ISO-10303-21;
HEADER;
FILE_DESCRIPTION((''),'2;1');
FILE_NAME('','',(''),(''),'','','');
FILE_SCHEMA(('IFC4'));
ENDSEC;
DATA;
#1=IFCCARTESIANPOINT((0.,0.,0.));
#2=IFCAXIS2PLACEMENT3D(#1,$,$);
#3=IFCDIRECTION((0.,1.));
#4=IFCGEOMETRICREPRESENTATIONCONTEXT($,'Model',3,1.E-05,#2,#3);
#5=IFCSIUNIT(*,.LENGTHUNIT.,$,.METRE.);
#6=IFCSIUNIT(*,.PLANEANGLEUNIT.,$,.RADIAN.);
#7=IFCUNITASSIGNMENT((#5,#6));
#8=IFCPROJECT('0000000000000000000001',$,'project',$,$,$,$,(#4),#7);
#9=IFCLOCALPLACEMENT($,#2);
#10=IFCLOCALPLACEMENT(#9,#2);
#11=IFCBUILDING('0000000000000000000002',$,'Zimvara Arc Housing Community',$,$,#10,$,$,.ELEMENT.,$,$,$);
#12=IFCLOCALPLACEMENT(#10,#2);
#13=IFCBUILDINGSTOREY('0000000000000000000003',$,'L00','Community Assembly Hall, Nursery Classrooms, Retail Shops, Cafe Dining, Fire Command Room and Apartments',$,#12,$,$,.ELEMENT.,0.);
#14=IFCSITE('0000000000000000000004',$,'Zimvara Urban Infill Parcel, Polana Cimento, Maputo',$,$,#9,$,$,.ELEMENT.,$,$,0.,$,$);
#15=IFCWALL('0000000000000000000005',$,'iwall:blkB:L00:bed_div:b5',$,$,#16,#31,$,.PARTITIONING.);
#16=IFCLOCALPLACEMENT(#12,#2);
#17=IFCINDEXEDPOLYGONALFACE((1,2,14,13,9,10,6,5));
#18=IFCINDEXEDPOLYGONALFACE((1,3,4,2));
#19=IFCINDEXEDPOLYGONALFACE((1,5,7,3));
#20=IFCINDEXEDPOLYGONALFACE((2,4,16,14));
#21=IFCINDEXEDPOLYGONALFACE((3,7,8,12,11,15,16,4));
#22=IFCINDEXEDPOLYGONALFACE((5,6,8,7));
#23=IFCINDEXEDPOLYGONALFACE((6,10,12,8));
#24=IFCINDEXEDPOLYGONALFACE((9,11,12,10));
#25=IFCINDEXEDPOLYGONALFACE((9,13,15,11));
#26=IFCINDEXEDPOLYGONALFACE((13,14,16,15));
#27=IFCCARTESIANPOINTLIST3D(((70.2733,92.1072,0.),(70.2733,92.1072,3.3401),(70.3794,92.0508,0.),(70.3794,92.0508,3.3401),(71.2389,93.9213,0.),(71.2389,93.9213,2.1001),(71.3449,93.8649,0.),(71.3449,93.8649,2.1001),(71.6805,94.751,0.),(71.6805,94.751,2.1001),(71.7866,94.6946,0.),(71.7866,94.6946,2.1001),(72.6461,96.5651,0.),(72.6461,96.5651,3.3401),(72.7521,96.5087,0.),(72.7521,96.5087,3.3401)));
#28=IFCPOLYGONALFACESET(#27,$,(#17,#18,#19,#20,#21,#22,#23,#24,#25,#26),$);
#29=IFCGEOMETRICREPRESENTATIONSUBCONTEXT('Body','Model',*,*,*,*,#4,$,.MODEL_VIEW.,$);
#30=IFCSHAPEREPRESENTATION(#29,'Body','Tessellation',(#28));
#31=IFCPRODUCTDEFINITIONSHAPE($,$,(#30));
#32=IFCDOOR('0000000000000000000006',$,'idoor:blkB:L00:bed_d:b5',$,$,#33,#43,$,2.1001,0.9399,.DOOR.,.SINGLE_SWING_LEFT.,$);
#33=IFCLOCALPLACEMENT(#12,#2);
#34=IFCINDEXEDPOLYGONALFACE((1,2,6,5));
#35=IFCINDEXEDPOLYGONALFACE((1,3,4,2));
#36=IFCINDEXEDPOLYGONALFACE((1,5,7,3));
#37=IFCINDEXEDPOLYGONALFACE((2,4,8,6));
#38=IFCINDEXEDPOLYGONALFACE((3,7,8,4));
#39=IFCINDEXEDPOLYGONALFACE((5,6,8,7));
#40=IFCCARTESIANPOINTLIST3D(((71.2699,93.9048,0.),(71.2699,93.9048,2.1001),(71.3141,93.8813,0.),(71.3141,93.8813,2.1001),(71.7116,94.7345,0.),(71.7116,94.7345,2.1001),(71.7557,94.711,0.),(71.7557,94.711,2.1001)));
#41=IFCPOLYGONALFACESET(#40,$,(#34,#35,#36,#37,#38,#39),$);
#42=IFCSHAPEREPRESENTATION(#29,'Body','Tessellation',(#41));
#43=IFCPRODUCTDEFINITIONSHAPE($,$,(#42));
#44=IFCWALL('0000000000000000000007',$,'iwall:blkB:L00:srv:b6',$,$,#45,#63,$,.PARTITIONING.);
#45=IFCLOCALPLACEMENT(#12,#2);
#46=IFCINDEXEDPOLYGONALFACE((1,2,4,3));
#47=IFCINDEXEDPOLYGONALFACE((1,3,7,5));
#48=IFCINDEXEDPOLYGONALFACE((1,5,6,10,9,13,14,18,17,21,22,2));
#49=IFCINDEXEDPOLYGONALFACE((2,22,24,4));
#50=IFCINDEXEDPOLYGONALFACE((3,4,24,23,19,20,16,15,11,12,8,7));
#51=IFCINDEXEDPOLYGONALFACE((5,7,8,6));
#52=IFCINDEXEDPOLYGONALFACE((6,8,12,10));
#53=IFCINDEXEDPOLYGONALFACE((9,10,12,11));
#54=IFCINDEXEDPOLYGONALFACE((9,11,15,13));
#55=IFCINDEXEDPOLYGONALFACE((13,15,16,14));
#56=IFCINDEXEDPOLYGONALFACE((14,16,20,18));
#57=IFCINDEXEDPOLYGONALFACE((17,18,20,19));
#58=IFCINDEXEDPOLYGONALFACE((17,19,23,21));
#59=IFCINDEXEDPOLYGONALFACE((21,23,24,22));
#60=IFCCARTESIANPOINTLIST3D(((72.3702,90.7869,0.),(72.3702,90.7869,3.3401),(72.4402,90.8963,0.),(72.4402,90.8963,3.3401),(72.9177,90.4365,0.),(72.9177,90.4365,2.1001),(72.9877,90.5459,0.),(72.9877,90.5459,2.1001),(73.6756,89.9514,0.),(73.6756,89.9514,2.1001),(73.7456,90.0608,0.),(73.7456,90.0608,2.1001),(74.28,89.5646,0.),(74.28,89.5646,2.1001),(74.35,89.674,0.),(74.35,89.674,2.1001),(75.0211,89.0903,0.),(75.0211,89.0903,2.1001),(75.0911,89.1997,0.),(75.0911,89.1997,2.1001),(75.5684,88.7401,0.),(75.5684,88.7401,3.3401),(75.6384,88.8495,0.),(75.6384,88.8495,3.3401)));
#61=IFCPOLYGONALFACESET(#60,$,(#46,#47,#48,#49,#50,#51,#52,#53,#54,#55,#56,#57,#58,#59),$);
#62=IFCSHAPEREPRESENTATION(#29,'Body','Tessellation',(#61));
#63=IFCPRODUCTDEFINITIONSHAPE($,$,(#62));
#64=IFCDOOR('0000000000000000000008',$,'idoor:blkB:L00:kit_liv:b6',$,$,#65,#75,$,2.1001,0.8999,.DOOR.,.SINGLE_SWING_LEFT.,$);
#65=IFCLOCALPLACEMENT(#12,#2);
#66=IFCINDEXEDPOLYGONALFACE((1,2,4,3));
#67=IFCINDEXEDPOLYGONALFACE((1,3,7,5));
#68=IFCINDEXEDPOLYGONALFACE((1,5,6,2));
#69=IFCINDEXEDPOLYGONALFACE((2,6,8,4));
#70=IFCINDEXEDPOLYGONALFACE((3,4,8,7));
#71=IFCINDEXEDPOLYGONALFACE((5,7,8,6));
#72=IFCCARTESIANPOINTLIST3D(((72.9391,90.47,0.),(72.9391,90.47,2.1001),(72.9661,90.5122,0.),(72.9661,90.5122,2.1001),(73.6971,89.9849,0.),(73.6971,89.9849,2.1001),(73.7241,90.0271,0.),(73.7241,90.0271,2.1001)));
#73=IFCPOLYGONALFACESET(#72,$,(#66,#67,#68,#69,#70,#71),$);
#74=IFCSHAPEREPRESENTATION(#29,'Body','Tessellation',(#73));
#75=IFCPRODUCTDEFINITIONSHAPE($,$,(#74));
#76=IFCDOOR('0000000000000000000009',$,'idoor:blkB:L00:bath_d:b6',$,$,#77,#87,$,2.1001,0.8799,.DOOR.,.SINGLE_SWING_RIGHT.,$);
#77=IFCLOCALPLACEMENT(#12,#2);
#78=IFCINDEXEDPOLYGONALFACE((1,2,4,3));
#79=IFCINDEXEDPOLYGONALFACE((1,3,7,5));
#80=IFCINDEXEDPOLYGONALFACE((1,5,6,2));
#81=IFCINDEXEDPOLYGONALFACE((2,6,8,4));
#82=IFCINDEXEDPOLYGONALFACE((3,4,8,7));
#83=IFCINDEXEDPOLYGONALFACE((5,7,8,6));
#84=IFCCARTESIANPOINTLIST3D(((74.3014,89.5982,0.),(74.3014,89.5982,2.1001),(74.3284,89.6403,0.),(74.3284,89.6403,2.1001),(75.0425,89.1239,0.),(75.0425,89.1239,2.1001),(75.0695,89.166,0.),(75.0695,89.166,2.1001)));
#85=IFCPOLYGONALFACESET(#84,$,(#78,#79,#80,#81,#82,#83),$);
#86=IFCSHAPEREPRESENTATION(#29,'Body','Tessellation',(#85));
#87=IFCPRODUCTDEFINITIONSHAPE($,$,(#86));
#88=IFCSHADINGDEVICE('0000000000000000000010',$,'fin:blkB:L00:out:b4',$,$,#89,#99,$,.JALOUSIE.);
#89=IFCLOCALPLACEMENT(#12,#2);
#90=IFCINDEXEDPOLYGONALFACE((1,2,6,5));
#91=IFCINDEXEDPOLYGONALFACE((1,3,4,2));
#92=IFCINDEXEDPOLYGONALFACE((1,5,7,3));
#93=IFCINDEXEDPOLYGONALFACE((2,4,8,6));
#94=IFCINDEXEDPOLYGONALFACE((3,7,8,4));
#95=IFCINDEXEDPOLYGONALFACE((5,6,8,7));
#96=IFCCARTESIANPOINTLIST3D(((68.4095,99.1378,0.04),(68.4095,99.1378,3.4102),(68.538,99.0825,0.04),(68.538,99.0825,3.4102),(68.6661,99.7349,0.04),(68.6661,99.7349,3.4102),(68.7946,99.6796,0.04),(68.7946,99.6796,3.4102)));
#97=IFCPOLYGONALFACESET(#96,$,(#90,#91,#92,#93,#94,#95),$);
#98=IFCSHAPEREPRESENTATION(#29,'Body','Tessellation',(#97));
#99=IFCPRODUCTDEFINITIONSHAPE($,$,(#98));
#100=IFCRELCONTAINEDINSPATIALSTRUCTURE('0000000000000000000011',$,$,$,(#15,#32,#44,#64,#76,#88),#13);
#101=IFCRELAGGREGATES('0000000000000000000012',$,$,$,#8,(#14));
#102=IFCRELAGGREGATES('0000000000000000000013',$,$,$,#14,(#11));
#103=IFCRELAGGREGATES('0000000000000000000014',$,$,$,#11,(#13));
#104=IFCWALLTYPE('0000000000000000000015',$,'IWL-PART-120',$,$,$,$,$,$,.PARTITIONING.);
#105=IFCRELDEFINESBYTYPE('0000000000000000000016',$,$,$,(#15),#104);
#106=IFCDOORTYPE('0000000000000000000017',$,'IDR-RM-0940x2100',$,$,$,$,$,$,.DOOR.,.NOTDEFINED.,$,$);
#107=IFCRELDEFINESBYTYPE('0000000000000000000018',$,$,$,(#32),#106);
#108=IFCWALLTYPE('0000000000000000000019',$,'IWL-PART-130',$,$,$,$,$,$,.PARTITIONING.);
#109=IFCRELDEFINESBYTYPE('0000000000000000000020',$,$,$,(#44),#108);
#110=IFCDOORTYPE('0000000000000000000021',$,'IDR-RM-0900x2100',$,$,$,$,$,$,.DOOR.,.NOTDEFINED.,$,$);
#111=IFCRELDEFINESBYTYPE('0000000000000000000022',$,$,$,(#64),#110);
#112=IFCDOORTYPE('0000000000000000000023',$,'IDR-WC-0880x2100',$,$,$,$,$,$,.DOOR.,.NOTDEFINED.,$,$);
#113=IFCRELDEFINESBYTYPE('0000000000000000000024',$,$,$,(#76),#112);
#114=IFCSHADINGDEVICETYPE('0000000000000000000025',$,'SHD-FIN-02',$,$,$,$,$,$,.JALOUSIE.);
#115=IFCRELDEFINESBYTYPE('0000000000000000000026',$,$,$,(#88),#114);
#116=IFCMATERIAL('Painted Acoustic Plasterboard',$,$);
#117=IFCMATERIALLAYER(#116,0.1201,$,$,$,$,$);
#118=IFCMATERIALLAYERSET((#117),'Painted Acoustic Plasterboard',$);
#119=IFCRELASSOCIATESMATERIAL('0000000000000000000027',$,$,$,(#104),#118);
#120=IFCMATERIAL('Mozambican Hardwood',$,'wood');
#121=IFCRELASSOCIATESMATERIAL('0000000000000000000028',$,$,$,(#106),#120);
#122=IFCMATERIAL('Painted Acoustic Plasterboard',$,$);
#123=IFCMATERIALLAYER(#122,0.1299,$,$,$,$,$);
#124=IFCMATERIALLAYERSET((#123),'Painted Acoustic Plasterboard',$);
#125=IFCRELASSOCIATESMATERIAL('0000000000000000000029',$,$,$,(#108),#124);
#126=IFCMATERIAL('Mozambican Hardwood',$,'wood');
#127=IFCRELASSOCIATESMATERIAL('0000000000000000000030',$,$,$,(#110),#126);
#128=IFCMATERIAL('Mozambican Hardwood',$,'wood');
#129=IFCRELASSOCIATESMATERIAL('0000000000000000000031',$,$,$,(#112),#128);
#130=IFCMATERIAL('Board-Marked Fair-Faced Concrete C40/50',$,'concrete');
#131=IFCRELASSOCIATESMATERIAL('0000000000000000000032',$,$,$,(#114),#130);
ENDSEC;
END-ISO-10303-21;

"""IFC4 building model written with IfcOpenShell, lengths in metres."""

from ifc_helpers import new_model, si_unit, direction, frame, frame_2d, origin, origin_2d, place, context, subcontext, project, spatial, rectangle, extrude, material, layer, layer_set, type_object, element, fill, save


model = new_model("IFC4")

# Units and contexts
model_context = context("Model", 3, precision=1e-05, world=origin(), true_north=direction((0.0, 1.0)))
body_context = subcontext(model_context, "Body", "Model", "MODEL_VIEW")
ifc_project = project(units=[si_unit("LENGTHUNIT", "METRE"), si_unit("PLANEANGLEUNIT", "RADIAN")], contexts=[model_context])

# Site, building, storey
site_placement = place(None, origin())
site = spatial("IfcSite", under=ifc_project, at=site_placement, Name="Zimvara Urban Infill Parcel, Polana Cimento, Maputo", CompositionType="ELEMENT", RefElevation=0.0)
building_placement = place(site_placement, origin())
building = spatial("IfcBuilding", under=site, at=building_placement, Name="Zimvara Arc Housing Community", CompositionType="ELEMENT")
storey_placement = place(building_placement, origin())
storey = spatial("IfcBuildingStorey", under=building, at=storey_placement, Name="L00", Description="Community Assembly Hall, Nursery Classrooms, Retail Shops, Cafe Dining, Fire Command Room and Apartments", CompositionType="ELEMENT", Elevation=0.0)

# Wall, opening, door
ifc_material_1 = material(Name="Painted Acoustic Plasterboard")
ifc_layer_1 = layer(ifc_material_1, 0.1201)
ifc_layer_set_1 = layer_set([ifc_layer_1], Name="Painted Acoustic Plasterboard")
wall_type_1 = type_object("IfcWallType", Name="IWL-PART-120", PredefinedType="PARTITIONING", material=ifc_layer_set_1)
wall_1_placement = place(storey_placement, frame((70.3264, 92.0791, 0.0), z_axis=(0.0, 0.0, 1.0), x_axis=(0.469848, 0.882747, 0.0)))
wall_1 = element("IfcWall", 1, at=wall_1_placement, inside=storey, type_object=wall_type_1, Name="iwall:blkB:L00:bed_div:b5", PredefinedType="PARTITIONING", context=body_context, shape_type="SweptSolid", body=[
    extrude(rectangle(XDim=5.05, YDim=0.1201, at=frame_2d((2.5249, 0.0))), origin(), (0.0, 0.0, 1.0), 3.3401),
])
opening_1_placement = place(wall_1_placement, frame((2.0549, 0.0, 0.0)))
opening_1 = element("IfcOpeningElement", 2, at=opening_1_placement, cuts=wall_1, PredefinedType="OPENING", context=body_context, shape_type="SweptSolid", body=[
    extrude(rectangle(XDim=0.9399, YDim=2.1001, at=frame_2d((0.47, 1.05))), frame((0.0, 0.0701, 0.0), z_axis=(0.0, -1.0, 0.0), x_axis=(1.0, 0.0, 0.0)), (0.0, 0.0, 1.0), 0.1401),
])
ifc_material_2 = material(Name="Mozambican Hardwood", Category="wood")
door_type_1 = type_object("IfcDoorType", Name="IDR-RM-0940x2100", OperationType="NOTDEFINED", PredefinedType="DOOR", material=ifc_material_2)
door_1_placement = place(opening_1_placement, origin())
door_1 = element("IfcDoor", 3, at=door_1_placement, inside=storey, type_object=door_type_1, Name="idoor:blkB:L00:bed_d:b5", OperationType="SINGLE_SWING_LEFT", OverallHeight=2.1001, OverallWidth=0.9399, PredefinedType="DOOR", context=body_context, shape_type="SweptSolid", body=[
    extrude(rectangle(XDim=0.9399, YDim=2.1001, at=frame_2d((0.47, 1.05))), frame((0.0, 0.0249, 0.0), z_axis=(0.0, -1.0, 0.0), x_axis=(1.0, 0.0, 0.0)), (0.0, 0.0, 1.0), 0.05),
])
fill(opening_1, door_1)

# Wall, openings, doors
ifc_material_3 = material(Name="Painted Acoustic Plasterboard")
ifc_layer_2 = layer(ifc_material_3, 0.1299)
ifc_layer_set_2 = layer_set([ifc_layer_2], Name="Painted Acoustic Plasterboard")
wall_type_2 = type_object("IfcWallType", Name="IWL-PART-130", PredefinedType="PARTITIONING", material=ifc_layer_set_2)
wall_2_placement = place(storey_placement, frame((72.4053, 90.8416, 0.0), z_axis=(0.0, 0.0, 1.0), x_axis=(0.842271, -0.539054, 0.0)))
wall_2 = element("IfcWall", 4, at=wall_2_placement, inside=storey, type_object=wall_type_2, Name="iwall:blkB:L00:srv:b6", PredefinedType="PARTITIONING", context=body_context, shape_type="SweptSolid", body=[
    extrude(rectangle(XDim=3.7971, YDim=0.1299, at=frame_2d((1.8984, 0.0))), origin(), (0.0, 0.0, 1.0), 3.3401),
])
opening_2_placement = place(wall_2_placement, frame((0.6499, 0.0, 0.0)))
opening_2 = element("IfcOpeningElement", 5, at=opening_2_placement, cuts=wall_2, PredefinedType="OPENING", context=body_context, shape_type="SweptSolid", body=[
    extrude(rectangle(XDim=0.8999, YDim=2.1001, at=frame_2d((0.45, 1.05))), frame((0.0, 0.075, 0.0), z_axis=(0.0, -1.0, 0.0), x_axis=(1.0, 0.0, 0.0)), (0.0, 0.0, 1.0), 0.1499),
])
opening_3_placement = place(wall_2_placement, frame((2.2673, 0.0, 0.0)))
opening_3 = element("IfcOpeningElement", 6, at=opening_3_placement, cuts=wall_2, PredefinedType="OPENING", context=body_context, shape_type="SweptSolid", body=[
    extrude(rectangle(XDim=0.8799, YDim=2.1001, at=frame_2d((0.4399, 1.05))), frame((0.0, 0.075, 0.0), z_axis=(0.0, -1.0, 0.0), x_axis=(1.0, 0.0, 0.0)), (0.0, 0.0, 1.0), 0.1499),
])
ifc_material_4 = material(Name="Mozambican Hardwood", Category="wood")
door_type_2 = type_object("IfcDoorType", Name="IDR-RM-0900x2100", OperationType="NOTDEFINED", PredefinedType="DOOR", material=ifc_material_4)
door_2_placement = place(opening_2_placement, origin())
door_2 = element("IfcDoor", 7, at=door_2_placement, inside=storey, type_object=door_type_2, Name="idoor:blkB:L00:kit_liv:b6", OperationType="SINGLE_SWING_LEFT", OverallHeight=2.1001, OverallWidth=0.8999, PredefinedType="DOOR", context=body_context, shape_type="SweptSolid", body=[
    extrude(rectangle(XDim=0.8999, YDim=2.1001, at=frame_2d((0.45, 1.05))), frame((0.0, 0.0249, 0.0), z_axis=(0.0, -1.0, 0.0), x_axis=(1.0, 0.0, 0.0)), (0.0, 0.0, 1.0), 0.05),
])
fill(opening_2, door_2)
ifc_material_5 = material(Name="Mozambican Hardwood", Category="wood")
door_type_3 = type_object("IfcDoorType", Name="IDR-WC-0880x2100", OperationType="NOTDEFINED", PredefinedType="DOOR", material=ifc_material_5)
door_3_placement = place(opening_3_placement, origin())
door_3 = element("IfcDoor", 8, at=door_3_placement, inside=storey, type_object=door_type_3, Name="idoor:blkB:L00:bath_d:b6", OperationType="SINGLE_SWING_RIGHT", OverallHeight=2.1001, OverallWidth=0.8799, PredefinedType="DOOR", context=body_context, shape_type="SweptSolid", body=[
    extrude(rectangle(XDim=0.8799, YDim=2.1001, at=frame_2d((0.4399, 1.05))), frame((0.0, 0.0249, 0.0), z_axis=(0.0, -1.0, 0.0), x_axis=(1.0, 0.0, 0.0)), (0.0, 0.0, 1.0), 0.05),
])
fill(opening_3, door_3)

# Shading device
ifc_material_6 = material(Name="Board-Marked Fair-Faced Concrete C40/50", Category="concrete")
shading_device_type = type_object("IfcShadingDeviceType", Name="SHD-FIN-02", PredefinedType="JALOUSIE", material=ifc_material_6)
shading_device_placement = place(storey_placement, frame((68.6021, 99.4087, 0.04), z_axis=(0.0, 0.0, 1.0), x_axis=(0.918722, -0.394906, 0.0)))
element("IfcShadingDevice", 9, at=shading_device_placement, inside=storey, type_object=shading_device_type, Name="fin:blkB:L00:out:b4", PredefinedType="JALOUSIE", context=body_context, shape_type="SweptSolid", body=[
    extrude(rectangle(XDim=0.1399, YDim=0.6499, at=origin_2d()), origin(), (0.0, 0.0, 1.0), 3.3701),
])

save(model, "model.ifc")
